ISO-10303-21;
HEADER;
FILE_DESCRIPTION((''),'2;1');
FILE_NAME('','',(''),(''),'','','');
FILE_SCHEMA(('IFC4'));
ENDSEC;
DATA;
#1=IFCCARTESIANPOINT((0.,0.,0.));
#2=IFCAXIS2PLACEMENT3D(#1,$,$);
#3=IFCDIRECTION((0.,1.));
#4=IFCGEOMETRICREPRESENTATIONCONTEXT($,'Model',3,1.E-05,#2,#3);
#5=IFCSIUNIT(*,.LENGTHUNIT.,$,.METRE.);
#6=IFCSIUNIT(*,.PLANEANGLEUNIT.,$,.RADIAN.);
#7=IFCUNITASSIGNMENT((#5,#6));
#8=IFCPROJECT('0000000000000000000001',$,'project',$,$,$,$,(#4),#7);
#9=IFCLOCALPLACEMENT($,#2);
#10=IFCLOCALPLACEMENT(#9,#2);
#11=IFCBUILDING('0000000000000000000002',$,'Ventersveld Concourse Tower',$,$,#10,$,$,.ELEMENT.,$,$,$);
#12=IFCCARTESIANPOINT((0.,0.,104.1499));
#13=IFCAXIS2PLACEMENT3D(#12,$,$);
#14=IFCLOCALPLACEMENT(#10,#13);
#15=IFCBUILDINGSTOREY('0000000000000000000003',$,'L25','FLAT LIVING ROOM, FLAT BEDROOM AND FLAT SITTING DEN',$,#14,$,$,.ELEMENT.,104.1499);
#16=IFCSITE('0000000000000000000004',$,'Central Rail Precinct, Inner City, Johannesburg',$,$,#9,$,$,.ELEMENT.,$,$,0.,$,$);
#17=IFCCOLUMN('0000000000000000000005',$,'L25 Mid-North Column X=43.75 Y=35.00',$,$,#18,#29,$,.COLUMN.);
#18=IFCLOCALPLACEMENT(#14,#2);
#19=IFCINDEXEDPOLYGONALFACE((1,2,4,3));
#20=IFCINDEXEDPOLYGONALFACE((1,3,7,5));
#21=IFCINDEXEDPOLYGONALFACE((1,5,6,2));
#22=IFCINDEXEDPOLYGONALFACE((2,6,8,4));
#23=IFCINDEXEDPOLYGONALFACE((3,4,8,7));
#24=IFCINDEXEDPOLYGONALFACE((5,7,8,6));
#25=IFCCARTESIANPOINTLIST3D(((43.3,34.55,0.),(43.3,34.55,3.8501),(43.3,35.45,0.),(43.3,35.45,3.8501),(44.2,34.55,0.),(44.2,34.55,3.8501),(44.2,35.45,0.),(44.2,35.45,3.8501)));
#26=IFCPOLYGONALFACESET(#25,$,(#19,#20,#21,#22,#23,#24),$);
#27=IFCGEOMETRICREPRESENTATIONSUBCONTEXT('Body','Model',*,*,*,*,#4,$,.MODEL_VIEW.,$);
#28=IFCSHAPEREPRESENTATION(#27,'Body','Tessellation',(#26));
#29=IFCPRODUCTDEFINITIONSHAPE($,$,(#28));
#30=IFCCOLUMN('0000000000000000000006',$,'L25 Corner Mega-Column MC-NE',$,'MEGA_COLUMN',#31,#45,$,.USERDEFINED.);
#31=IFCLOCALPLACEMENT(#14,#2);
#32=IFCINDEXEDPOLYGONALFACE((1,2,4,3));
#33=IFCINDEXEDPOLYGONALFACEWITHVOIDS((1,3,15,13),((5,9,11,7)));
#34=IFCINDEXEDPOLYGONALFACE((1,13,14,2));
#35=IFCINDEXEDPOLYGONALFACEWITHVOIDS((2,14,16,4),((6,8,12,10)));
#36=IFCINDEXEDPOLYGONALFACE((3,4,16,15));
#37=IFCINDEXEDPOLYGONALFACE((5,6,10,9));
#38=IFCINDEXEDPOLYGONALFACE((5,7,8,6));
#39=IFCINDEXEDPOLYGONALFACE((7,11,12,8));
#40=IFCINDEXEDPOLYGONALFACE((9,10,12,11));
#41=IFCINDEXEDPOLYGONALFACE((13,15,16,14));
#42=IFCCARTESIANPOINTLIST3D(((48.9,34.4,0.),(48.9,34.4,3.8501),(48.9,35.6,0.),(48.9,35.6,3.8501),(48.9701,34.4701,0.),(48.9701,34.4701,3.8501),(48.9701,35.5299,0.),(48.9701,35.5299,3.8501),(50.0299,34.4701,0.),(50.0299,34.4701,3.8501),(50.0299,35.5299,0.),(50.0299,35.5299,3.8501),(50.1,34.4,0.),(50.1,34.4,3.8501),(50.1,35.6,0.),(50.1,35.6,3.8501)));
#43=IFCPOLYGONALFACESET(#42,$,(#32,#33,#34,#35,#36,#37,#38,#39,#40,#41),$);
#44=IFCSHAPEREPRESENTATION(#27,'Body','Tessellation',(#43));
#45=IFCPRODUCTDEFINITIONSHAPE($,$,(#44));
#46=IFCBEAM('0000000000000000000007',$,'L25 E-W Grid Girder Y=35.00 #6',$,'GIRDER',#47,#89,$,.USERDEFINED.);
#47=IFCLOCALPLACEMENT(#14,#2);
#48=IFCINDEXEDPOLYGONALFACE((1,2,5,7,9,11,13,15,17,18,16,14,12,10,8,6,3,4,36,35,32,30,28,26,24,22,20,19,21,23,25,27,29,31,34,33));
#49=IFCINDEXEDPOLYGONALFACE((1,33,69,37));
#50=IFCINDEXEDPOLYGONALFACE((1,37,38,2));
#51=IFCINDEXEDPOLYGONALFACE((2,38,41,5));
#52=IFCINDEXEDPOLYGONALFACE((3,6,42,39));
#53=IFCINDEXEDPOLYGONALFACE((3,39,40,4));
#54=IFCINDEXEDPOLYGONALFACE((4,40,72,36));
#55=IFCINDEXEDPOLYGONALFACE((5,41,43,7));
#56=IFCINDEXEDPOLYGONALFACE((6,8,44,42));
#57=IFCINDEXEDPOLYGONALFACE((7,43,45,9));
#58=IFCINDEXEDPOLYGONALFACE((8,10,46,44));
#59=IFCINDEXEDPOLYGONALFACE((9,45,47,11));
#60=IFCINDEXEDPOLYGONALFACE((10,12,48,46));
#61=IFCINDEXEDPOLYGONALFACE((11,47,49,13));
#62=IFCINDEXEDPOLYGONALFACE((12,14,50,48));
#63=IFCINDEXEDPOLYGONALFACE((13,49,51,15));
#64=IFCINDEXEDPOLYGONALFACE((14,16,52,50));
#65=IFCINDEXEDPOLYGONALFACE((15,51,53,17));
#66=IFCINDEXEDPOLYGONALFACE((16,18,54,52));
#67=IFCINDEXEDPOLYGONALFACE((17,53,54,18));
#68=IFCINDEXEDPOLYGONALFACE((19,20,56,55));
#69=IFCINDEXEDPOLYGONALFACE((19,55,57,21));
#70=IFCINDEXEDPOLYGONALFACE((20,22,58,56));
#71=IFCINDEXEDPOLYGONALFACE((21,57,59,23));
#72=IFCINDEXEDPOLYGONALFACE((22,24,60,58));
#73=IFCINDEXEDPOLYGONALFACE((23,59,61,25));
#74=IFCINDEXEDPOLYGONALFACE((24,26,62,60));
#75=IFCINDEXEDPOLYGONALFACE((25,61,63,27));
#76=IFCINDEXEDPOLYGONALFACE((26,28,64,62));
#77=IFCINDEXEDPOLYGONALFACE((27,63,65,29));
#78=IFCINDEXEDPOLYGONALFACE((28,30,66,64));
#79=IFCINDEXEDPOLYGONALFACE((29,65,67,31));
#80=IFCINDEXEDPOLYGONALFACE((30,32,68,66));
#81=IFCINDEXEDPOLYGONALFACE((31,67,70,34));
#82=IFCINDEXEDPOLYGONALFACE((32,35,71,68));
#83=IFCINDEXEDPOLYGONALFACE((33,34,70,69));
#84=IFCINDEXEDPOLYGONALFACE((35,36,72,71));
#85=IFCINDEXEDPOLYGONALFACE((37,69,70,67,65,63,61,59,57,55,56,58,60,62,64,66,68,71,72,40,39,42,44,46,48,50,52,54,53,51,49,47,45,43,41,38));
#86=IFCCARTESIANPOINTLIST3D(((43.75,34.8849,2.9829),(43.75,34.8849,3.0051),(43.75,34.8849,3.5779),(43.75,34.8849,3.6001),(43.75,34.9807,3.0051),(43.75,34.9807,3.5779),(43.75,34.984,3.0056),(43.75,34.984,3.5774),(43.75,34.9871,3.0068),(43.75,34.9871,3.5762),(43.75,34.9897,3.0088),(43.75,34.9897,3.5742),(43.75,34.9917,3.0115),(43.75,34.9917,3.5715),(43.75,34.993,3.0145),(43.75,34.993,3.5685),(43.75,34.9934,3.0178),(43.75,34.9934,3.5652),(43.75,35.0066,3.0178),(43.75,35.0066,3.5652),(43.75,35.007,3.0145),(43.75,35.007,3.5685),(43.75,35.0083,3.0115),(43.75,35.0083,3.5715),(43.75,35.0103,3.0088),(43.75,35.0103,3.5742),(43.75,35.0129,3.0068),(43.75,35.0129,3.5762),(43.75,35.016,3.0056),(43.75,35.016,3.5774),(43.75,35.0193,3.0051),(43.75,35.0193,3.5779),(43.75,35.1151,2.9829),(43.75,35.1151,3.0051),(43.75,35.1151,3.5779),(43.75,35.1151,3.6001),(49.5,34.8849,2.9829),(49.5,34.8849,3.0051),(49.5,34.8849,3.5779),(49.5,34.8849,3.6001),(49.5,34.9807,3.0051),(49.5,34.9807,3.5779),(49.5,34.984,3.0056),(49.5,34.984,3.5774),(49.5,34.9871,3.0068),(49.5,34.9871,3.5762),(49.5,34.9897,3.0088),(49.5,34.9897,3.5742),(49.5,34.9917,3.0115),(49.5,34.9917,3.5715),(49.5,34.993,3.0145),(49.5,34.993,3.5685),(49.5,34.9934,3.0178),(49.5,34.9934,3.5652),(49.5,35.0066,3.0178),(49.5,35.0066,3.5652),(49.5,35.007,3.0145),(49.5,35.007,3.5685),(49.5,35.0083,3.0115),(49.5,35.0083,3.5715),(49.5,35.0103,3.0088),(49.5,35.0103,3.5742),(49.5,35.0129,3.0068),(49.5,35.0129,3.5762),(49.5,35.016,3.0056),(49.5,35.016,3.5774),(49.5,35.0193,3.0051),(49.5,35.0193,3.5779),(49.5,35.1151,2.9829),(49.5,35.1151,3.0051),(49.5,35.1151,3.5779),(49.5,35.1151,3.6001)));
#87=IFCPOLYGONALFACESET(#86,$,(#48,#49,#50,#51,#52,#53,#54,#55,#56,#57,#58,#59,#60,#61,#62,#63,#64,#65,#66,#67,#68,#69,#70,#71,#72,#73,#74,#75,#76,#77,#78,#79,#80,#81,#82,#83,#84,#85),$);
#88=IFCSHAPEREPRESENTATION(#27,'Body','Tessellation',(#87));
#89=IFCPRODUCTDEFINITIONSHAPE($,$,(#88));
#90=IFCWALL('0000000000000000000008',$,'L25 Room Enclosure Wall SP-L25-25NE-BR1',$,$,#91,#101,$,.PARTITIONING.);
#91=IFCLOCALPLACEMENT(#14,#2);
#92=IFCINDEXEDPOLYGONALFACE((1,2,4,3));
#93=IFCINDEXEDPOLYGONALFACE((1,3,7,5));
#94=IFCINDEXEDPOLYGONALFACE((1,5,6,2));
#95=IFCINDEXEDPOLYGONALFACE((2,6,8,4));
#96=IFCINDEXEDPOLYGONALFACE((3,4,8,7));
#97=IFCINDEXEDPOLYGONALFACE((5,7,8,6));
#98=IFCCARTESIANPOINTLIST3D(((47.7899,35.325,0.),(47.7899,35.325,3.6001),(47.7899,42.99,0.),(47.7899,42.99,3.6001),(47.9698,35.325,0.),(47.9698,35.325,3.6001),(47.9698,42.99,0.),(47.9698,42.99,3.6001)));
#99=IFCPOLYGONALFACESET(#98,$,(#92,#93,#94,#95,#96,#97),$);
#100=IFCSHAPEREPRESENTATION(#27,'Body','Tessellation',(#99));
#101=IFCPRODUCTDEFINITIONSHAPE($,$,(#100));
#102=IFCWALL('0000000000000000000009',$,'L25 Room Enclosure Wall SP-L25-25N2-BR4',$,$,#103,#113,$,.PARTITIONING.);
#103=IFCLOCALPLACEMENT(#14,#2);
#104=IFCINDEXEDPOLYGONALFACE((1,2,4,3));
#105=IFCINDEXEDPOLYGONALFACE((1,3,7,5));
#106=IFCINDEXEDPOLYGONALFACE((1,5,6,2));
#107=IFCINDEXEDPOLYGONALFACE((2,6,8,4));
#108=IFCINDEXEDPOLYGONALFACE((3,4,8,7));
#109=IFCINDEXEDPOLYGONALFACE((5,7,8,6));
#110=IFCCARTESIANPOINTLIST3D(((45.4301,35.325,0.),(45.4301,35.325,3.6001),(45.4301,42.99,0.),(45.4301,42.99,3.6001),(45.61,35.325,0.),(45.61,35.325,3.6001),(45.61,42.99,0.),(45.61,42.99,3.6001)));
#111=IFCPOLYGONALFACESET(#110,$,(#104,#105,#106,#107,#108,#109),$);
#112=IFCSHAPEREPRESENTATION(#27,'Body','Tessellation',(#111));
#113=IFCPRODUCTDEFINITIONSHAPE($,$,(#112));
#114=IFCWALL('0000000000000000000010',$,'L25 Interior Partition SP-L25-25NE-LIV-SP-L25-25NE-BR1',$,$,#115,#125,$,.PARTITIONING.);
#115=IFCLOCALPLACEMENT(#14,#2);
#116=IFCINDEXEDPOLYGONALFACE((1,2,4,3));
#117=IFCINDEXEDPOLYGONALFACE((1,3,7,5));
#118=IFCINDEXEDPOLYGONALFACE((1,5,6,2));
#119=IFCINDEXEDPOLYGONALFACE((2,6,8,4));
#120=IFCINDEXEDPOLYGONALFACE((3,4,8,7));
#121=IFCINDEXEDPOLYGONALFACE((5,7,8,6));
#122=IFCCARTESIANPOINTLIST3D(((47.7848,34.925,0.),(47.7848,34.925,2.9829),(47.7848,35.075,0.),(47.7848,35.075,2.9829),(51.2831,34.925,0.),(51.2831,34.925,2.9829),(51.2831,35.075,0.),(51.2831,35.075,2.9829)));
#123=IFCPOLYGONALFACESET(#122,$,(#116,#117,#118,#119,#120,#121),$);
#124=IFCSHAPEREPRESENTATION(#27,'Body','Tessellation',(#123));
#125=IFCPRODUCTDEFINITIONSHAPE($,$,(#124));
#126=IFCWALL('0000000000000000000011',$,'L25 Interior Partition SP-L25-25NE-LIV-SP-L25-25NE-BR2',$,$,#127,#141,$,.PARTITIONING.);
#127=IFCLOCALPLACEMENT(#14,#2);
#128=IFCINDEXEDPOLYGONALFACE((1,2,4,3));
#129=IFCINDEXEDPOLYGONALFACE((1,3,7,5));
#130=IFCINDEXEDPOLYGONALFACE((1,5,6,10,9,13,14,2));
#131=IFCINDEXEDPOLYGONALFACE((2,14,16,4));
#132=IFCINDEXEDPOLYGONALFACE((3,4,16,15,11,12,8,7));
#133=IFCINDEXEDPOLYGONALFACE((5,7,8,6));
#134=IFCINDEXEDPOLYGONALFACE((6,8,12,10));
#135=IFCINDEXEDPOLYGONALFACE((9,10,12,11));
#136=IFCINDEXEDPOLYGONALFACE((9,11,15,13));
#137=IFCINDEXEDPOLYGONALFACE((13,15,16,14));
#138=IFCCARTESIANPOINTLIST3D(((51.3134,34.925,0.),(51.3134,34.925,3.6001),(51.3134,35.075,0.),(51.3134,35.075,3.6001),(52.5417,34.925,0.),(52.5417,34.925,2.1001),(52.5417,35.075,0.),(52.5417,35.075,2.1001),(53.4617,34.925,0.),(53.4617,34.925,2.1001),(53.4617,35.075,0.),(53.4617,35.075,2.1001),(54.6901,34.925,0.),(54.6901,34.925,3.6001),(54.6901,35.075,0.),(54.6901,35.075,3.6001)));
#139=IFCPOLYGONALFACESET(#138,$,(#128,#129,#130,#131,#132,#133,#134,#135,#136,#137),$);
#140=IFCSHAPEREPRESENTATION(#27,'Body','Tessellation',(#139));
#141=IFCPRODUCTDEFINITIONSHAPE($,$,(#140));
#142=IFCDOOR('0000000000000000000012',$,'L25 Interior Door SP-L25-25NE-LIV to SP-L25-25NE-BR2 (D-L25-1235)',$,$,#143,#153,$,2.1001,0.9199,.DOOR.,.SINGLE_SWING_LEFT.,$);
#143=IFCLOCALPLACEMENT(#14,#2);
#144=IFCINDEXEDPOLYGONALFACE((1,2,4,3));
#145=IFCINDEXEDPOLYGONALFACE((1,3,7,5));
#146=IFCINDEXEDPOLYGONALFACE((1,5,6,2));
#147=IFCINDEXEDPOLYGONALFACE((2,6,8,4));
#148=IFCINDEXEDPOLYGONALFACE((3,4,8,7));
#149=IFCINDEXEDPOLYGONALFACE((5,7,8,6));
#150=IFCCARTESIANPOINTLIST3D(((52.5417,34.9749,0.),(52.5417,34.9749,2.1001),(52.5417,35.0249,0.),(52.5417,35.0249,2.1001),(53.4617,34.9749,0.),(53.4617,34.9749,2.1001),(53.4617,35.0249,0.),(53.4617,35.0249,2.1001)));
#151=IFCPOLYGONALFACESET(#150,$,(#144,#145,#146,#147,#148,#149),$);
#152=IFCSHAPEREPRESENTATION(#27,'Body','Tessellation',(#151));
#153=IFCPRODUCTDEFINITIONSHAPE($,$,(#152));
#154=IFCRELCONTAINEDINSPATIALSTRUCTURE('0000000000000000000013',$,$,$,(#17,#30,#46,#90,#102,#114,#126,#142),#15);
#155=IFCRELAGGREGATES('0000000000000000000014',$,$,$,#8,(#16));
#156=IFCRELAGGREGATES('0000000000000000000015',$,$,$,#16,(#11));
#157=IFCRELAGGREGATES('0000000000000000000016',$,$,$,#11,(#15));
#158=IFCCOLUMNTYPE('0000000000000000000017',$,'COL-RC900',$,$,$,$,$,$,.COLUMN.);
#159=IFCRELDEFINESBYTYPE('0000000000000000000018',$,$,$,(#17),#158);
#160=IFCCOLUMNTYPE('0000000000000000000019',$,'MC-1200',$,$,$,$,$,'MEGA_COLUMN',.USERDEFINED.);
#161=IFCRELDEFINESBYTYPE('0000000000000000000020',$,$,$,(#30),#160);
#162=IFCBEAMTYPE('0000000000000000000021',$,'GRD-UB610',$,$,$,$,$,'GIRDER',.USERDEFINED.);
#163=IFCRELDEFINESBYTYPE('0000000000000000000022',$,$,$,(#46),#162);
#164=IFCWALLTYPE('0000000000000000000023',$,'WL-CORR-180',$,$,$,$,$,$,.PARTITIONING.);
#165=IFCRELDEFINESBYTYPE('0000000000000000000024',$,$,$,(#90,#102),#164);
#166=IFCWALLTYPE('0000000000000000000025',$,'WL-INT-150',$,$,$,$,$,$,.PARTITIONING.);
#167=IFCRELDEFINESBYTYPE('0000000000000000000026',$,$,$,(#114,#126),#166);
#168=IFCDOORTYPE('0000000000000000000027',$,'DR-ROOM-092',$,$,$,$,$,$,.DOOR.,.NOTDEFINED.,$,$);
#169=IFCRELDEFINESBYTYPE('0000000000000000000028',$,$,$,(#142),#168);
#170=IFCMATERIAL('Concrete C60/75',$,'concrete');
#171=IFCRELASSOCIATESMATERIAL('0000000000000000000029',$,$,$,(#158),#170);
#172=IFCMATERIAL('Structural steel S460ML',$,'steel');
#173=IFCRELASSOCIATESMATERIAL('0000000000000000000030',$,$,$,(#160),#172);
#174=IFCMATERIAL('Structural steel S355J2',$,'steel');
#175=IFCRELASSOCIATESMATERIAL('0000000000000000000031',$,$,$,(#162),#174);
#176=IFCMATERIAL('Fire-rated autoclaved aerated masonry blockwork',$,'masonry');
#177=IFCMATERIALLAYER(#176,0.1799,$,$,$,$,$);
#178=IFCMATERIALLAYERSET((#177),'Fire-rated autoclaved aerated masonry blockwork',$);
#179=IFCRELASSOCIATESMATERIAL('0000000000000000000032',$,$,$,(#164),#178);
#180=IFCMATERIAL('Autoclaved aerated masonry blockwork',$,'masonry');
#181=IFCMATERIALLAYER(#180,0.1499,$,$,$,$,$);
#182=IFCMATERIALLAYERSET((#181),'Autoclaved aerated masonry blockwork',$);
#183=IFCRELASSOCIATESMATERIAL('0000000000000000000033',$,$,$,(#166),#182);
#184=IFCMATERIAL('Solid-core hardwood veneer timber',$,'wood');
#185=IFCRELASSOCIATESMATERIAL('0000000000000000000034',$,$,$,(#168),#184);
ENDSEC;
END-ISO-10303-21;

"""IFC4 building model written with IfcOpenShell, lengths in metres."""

from ifc_helpers import new_model, si_unit, direction, frame, frame_2d, origin, origin_2d, place, context, subcontext, project, spatial, rectangle, hollow_rectangle, i_section, extrude, material, layer, layer_set, material_profile, profile_set, type_object, element, fill, save


model = new_model("IFC4")

# Units and contexts
model_context = context("Model", 3, precision=1e-05, world=origin(), true_north=direction((0.0, 1.0)))
body_context = subcontext(model_context, "Body", "Model", "MODEL_VIEW")
ifc_project = project(units=[si_unit("LENGTHUNIT", "METRE"), si_unit("PLANEANGLEUNIT", "RADIAN")], contexts=[model_context])

# Site, building, storey
site_placement = place(None, origin())
site = spatial("IfcSite", under=ifc_project, at=site_placement, Name="Central Rail Precinct, Inner City, Johannesburg", CompositionType="ELEMENT", RefElevation=0.0)
building_placement = place(site_placement, origin())
building = spatial("IfcBuilding", under=site, at=building_placement, Name="Ventersveld Concourse Tower", CompositionType="ELEMENT")
storey_placement = place(building_placement, frame((0.0, 0.0, 104.1499)))
storey = spatial("IfcBuildingStorey", under=building, at=storey_placement, Name="L25", Description="FLAT LIVING ROOM, FLAT BEDROOM AND FLAT SITTING DEN", CompositionType="ELEMENT", Elevation=104.1499)

# Columns
ifc_material_1 = material(Name="Concrete C60/75", Category="concrete")
ifc_material_profile_1 = material_profile(ifc_material_1, rectangle(XDim=0.8999, YDim=0.8999, at=origin_2d()), Name="RC 900x900")
ifc_profile_set_1 = profile_set([ifc_material_profile_1], Name="Concrete C60/75")
column_type_1 = type_object("IfcColumnType", Name="COL-RC900", PredefinedType="COLUMN", material=ifc_profile_set_1)
column_1_placement = place(storey_placement, frame((43.75, 35.0, 0.0), z_axis=(0.0, 0.0, 1.0), x_axis=(1.0, 0.0, 0.0)))
element("IfcColumn", 1, at=column_1_placement, inside=storey, type_object=column_type_1, Name="L25 Mid-North Column X=43.75 Y=35.00", PredefinedType="COLUMN", context=body_context, shape_type="SweptSolid", body=[
    extrude(rectangle(XDim=0.8999, YDim=0.8999, at=origin_2d()), origin(), (0.0, 0.0, 1.0), 3.8501),
])
ifc_material_2 = material(Name="Structural steel S460ML", Category="steel")
ifc_material_profile_2 = material_profile(ifc_material_2, hollow_rectangle(XDim=1.2, YDim=1.2, WallThickness=0.0701, at=origin_2d()), Name="BOX 1200x1200x70")
ifc_profile_set_2 = profile_set([ifc_material_profile_2], Name="Structural steel S460ML")
column_type_2 = type_object("IfcColumnType", Name="MC-1200", ElementType="MEGA_COLUMN", PredefinedType="USERDEFINED", material=ifc_profile_set_2)
column_2_placement = place(storey_placement, frame((49.5, 35.0, 0.0), z_axis=(0.0, 0.0, 1.0), x_axis=(1.0, 0.0, 0.0)))
element("IfcColumn", 2, at=column_2_placement, inside=storey, type_object=column_type_2, Name="L25 Corner Mega-Column MC-NE", ObjectType="MEGA_COLUMN", PredefinedType="USERDEFINED", context=body_context, shape_type="SweptSolid", body=[
    extrude(hollow_rectangle(XDim=1.2, YDim=1.2, WallThickness=0.0701, at=origin_2d()), origin(), (0.0, 0.0, 1.0), 3.8501),
])

# Beam
ifc_material_3 = material(Name="Structural steel S355J2", Category="steel")
ifc_material_profile_3 = material_profile(ifc_material_3, i_section(OverallWidth=0.2302, OverallDepth=0.6172, WebThickness=0.0132, FlangeThickness=0.0222, FilletRadius=0.0127, at=origin_2d()), Name="UB 610x229x140")
ifc_profile_set_3 = profile_set([ifc_material_profile_3], Name="Structural steel S355J2")
beam_type = type_object("IfcBeamType", Name="GRD-UB610", ElementType="GIRDER", PredefinedType="USERDEFINED", material=ifc_profile_set_3)
beam_placement = place(storey_placement, frame((43.75, 35.0, 3.2915), z_axis=(1.0, 0.0, 0.0), x_axis=(0.0, 1.0, 0.0)))
element("IfcBeam", 3, at=beam_placement, inside=storey, type_object=beam_type, Name="L25 E-W Grid Girder Y=35.00 #6", ObjectType="GIRDER", PredefinedType="USERDEFINED", context=body_context, shape_type="SweptSolid", body=[
    extrude(i_section(OverallWidth=0.2302, OverallDepth=0.6172, WebThickness=0.0132, FlangeThickness=0.0222, FilletRadius=0.0127, at=origin_2d()), origin(), (0.0, 0.0, 1.0), 5.75),
])

# Walls
ifc_material_4 = material(Name="Fire-rated autoclaved aerated masonry blockwork", Category="masonry")
ifc_layer_1 = layer(ifc_material_4, 0.1799)
ifc_layer_set_1 = layer_set([ifc_layer_1], Name="Fire-rated autoclaved aerated masonry blockwork")
wall_type_1 = type_object("IfcWallType", Name="WL-CORR-180", PredefinedType="PARTITIONING", material=ifc_layer_set_1)
for number, where, z_axis, x_axis, name in (
    (4, (47.8799, 35.325, 0.0), (0.0, 0.0, 1.0), (0.0, 1.0, 0.0), "L25 Room Enclosure Wall SP-L25-25NE-BR1"),
    (5, (45.52, 42.99, 0.0), (0.0, 0.0, 1.0), (0.0, -1.0, 0.0), "L25 Room Enclosure Wall SP-L25-25N2-BR4"),
):
    element("IfcWall", number, at=place(storey_placement, frame(where, z_axis=z_axis, x_axis=x_axis)), inside=storey, type_object=wall_type_1, Name=name, PredefinedType="PARTITIONING", context=body_context, shape_type="SweptSolid", body=[
        extrude(rectangle(XDim=7.665, YDim=0.1799, at=frame_2d((3.8325, 0.0))), origin(), (0.0, 0.0, 1.0), 3.6001),
    ])
ifc_material_5 = material(Name="Autoclaved aerated masonry blockwork", Category="masonry")
ifc_layer_2 = layer(ifc_material_5, 0.1499)
ifc_layer_set_2 = layer_set([ifc_layer_2], Name="Autoclaved aerated masonry blockwork")
wall_type_2 = type_object("IfcWallType", Name="WL-INT-150", PredefinedType="PARTITIONING", material=ifc_layer_set_2)
wall_1_placement = place(storey_placement, frame((47.7849, 35.0, 0.0), z_axis=(0.0, 0.0, 1.0), x_axis=(1.0, 0.0, 0.0)))
element("IfcWall", 6, at=wall_1_placement, inside=storey, type_object=wall_type_2, Name="L25 Interior Partition SP-L25-25NE-LIV-SP-L25-25NE-BR1", PredefinedType="PARTITIONING", context=body_context, shape_type="SweptSolid", body=[
    extrude(rectangle(XDim=3.4983, YDim=0.1499, at=frame_2d((1.749, 0.0))), origin(), (0.0, 0.0, 1.0), 2.9829),
])

# Wall, opening, door
wall_2_placement = place(storey_placement, frame((51.3132, 35.0, 0.0), z_axis=(0.0, 0.0, 1.0), x_axis=(1.0, 0.0, 0.0)))
wall_2 = element("IfcWall", 7, at=wall_2_placement, inside=storey, type_object=wall_type_2, Name="L25 Interior Partition SP-L25-25NE-LIV-SP-L25-25NE-BR2", PredefinedType="PARTITIONING", context=body_context, shape_type="SweptSolid", body=[
    extrude(rectangle(XDim=3.3767, YDim=0.1499, at=frame_2d((1.6885, 0.0))), origin(), (0.0, 0.0, 1.0), 3.6001),
])
opening_1_placement = place(wall_2_placement, frame((1.2285, 0.0, 0.0)))
opening_1 = element("IfcOpeningElement", 8, at=opening_1_placement, cuts=wall_2, PredefinedType="OPENING", context=body_context, shape_type="SweptSolid", body=[
    extrude(rectangle(XDim=0.9199, YDim=2.1001, at=frame_2d((0.46, 1.05))), frame((0.0, 0.085, 0.0), z_axis=(0.0, -1.0, 0.0), x_axis=(1.0, 0.0, 0.0)), (0.0, 0.0, 1.0), 0.1699),
])
ifc_material_6 = material(Name="Solid-core hardwood veneer timber", Category="wood")
door_type = type_object("IfcDoorType", Name="DR-ROOM-092", OperationType="NOTDEFINED", PredefinedType="DOOR", material=ifc_material_6)
door_1_placement = place(opening_1_placement, origin())
door_1 = element("IfcDoor", 9, at=door_1_placement, inside=storey, type_object=door_type, Name="L25 Interior Door SP-L25-25NE-LIV to SP-L25-25NE-BR2 (D-L25-1235)", OperationType="SINGLE_SWING_LEFT", OverallHeight=2.1001, OverallWidth=0.9199, PredefinedType="DOOR", context=body_context, shape_type="SweptSolid", body=[
    extrude(rectangle(XDim=0.9199, YDim=2.1001, at=frame_2d((0.46, 1.05))), frame((0.0, 0.0249, 0.0), z_axis=(0.0, -1.0, 0.0), x_axis=(1.0, 0.0, 0.0)), (0.0, 0.0, 1.0), 0.05),
])
fill(opening_1, door_1)

save(model, "model.ifc")
